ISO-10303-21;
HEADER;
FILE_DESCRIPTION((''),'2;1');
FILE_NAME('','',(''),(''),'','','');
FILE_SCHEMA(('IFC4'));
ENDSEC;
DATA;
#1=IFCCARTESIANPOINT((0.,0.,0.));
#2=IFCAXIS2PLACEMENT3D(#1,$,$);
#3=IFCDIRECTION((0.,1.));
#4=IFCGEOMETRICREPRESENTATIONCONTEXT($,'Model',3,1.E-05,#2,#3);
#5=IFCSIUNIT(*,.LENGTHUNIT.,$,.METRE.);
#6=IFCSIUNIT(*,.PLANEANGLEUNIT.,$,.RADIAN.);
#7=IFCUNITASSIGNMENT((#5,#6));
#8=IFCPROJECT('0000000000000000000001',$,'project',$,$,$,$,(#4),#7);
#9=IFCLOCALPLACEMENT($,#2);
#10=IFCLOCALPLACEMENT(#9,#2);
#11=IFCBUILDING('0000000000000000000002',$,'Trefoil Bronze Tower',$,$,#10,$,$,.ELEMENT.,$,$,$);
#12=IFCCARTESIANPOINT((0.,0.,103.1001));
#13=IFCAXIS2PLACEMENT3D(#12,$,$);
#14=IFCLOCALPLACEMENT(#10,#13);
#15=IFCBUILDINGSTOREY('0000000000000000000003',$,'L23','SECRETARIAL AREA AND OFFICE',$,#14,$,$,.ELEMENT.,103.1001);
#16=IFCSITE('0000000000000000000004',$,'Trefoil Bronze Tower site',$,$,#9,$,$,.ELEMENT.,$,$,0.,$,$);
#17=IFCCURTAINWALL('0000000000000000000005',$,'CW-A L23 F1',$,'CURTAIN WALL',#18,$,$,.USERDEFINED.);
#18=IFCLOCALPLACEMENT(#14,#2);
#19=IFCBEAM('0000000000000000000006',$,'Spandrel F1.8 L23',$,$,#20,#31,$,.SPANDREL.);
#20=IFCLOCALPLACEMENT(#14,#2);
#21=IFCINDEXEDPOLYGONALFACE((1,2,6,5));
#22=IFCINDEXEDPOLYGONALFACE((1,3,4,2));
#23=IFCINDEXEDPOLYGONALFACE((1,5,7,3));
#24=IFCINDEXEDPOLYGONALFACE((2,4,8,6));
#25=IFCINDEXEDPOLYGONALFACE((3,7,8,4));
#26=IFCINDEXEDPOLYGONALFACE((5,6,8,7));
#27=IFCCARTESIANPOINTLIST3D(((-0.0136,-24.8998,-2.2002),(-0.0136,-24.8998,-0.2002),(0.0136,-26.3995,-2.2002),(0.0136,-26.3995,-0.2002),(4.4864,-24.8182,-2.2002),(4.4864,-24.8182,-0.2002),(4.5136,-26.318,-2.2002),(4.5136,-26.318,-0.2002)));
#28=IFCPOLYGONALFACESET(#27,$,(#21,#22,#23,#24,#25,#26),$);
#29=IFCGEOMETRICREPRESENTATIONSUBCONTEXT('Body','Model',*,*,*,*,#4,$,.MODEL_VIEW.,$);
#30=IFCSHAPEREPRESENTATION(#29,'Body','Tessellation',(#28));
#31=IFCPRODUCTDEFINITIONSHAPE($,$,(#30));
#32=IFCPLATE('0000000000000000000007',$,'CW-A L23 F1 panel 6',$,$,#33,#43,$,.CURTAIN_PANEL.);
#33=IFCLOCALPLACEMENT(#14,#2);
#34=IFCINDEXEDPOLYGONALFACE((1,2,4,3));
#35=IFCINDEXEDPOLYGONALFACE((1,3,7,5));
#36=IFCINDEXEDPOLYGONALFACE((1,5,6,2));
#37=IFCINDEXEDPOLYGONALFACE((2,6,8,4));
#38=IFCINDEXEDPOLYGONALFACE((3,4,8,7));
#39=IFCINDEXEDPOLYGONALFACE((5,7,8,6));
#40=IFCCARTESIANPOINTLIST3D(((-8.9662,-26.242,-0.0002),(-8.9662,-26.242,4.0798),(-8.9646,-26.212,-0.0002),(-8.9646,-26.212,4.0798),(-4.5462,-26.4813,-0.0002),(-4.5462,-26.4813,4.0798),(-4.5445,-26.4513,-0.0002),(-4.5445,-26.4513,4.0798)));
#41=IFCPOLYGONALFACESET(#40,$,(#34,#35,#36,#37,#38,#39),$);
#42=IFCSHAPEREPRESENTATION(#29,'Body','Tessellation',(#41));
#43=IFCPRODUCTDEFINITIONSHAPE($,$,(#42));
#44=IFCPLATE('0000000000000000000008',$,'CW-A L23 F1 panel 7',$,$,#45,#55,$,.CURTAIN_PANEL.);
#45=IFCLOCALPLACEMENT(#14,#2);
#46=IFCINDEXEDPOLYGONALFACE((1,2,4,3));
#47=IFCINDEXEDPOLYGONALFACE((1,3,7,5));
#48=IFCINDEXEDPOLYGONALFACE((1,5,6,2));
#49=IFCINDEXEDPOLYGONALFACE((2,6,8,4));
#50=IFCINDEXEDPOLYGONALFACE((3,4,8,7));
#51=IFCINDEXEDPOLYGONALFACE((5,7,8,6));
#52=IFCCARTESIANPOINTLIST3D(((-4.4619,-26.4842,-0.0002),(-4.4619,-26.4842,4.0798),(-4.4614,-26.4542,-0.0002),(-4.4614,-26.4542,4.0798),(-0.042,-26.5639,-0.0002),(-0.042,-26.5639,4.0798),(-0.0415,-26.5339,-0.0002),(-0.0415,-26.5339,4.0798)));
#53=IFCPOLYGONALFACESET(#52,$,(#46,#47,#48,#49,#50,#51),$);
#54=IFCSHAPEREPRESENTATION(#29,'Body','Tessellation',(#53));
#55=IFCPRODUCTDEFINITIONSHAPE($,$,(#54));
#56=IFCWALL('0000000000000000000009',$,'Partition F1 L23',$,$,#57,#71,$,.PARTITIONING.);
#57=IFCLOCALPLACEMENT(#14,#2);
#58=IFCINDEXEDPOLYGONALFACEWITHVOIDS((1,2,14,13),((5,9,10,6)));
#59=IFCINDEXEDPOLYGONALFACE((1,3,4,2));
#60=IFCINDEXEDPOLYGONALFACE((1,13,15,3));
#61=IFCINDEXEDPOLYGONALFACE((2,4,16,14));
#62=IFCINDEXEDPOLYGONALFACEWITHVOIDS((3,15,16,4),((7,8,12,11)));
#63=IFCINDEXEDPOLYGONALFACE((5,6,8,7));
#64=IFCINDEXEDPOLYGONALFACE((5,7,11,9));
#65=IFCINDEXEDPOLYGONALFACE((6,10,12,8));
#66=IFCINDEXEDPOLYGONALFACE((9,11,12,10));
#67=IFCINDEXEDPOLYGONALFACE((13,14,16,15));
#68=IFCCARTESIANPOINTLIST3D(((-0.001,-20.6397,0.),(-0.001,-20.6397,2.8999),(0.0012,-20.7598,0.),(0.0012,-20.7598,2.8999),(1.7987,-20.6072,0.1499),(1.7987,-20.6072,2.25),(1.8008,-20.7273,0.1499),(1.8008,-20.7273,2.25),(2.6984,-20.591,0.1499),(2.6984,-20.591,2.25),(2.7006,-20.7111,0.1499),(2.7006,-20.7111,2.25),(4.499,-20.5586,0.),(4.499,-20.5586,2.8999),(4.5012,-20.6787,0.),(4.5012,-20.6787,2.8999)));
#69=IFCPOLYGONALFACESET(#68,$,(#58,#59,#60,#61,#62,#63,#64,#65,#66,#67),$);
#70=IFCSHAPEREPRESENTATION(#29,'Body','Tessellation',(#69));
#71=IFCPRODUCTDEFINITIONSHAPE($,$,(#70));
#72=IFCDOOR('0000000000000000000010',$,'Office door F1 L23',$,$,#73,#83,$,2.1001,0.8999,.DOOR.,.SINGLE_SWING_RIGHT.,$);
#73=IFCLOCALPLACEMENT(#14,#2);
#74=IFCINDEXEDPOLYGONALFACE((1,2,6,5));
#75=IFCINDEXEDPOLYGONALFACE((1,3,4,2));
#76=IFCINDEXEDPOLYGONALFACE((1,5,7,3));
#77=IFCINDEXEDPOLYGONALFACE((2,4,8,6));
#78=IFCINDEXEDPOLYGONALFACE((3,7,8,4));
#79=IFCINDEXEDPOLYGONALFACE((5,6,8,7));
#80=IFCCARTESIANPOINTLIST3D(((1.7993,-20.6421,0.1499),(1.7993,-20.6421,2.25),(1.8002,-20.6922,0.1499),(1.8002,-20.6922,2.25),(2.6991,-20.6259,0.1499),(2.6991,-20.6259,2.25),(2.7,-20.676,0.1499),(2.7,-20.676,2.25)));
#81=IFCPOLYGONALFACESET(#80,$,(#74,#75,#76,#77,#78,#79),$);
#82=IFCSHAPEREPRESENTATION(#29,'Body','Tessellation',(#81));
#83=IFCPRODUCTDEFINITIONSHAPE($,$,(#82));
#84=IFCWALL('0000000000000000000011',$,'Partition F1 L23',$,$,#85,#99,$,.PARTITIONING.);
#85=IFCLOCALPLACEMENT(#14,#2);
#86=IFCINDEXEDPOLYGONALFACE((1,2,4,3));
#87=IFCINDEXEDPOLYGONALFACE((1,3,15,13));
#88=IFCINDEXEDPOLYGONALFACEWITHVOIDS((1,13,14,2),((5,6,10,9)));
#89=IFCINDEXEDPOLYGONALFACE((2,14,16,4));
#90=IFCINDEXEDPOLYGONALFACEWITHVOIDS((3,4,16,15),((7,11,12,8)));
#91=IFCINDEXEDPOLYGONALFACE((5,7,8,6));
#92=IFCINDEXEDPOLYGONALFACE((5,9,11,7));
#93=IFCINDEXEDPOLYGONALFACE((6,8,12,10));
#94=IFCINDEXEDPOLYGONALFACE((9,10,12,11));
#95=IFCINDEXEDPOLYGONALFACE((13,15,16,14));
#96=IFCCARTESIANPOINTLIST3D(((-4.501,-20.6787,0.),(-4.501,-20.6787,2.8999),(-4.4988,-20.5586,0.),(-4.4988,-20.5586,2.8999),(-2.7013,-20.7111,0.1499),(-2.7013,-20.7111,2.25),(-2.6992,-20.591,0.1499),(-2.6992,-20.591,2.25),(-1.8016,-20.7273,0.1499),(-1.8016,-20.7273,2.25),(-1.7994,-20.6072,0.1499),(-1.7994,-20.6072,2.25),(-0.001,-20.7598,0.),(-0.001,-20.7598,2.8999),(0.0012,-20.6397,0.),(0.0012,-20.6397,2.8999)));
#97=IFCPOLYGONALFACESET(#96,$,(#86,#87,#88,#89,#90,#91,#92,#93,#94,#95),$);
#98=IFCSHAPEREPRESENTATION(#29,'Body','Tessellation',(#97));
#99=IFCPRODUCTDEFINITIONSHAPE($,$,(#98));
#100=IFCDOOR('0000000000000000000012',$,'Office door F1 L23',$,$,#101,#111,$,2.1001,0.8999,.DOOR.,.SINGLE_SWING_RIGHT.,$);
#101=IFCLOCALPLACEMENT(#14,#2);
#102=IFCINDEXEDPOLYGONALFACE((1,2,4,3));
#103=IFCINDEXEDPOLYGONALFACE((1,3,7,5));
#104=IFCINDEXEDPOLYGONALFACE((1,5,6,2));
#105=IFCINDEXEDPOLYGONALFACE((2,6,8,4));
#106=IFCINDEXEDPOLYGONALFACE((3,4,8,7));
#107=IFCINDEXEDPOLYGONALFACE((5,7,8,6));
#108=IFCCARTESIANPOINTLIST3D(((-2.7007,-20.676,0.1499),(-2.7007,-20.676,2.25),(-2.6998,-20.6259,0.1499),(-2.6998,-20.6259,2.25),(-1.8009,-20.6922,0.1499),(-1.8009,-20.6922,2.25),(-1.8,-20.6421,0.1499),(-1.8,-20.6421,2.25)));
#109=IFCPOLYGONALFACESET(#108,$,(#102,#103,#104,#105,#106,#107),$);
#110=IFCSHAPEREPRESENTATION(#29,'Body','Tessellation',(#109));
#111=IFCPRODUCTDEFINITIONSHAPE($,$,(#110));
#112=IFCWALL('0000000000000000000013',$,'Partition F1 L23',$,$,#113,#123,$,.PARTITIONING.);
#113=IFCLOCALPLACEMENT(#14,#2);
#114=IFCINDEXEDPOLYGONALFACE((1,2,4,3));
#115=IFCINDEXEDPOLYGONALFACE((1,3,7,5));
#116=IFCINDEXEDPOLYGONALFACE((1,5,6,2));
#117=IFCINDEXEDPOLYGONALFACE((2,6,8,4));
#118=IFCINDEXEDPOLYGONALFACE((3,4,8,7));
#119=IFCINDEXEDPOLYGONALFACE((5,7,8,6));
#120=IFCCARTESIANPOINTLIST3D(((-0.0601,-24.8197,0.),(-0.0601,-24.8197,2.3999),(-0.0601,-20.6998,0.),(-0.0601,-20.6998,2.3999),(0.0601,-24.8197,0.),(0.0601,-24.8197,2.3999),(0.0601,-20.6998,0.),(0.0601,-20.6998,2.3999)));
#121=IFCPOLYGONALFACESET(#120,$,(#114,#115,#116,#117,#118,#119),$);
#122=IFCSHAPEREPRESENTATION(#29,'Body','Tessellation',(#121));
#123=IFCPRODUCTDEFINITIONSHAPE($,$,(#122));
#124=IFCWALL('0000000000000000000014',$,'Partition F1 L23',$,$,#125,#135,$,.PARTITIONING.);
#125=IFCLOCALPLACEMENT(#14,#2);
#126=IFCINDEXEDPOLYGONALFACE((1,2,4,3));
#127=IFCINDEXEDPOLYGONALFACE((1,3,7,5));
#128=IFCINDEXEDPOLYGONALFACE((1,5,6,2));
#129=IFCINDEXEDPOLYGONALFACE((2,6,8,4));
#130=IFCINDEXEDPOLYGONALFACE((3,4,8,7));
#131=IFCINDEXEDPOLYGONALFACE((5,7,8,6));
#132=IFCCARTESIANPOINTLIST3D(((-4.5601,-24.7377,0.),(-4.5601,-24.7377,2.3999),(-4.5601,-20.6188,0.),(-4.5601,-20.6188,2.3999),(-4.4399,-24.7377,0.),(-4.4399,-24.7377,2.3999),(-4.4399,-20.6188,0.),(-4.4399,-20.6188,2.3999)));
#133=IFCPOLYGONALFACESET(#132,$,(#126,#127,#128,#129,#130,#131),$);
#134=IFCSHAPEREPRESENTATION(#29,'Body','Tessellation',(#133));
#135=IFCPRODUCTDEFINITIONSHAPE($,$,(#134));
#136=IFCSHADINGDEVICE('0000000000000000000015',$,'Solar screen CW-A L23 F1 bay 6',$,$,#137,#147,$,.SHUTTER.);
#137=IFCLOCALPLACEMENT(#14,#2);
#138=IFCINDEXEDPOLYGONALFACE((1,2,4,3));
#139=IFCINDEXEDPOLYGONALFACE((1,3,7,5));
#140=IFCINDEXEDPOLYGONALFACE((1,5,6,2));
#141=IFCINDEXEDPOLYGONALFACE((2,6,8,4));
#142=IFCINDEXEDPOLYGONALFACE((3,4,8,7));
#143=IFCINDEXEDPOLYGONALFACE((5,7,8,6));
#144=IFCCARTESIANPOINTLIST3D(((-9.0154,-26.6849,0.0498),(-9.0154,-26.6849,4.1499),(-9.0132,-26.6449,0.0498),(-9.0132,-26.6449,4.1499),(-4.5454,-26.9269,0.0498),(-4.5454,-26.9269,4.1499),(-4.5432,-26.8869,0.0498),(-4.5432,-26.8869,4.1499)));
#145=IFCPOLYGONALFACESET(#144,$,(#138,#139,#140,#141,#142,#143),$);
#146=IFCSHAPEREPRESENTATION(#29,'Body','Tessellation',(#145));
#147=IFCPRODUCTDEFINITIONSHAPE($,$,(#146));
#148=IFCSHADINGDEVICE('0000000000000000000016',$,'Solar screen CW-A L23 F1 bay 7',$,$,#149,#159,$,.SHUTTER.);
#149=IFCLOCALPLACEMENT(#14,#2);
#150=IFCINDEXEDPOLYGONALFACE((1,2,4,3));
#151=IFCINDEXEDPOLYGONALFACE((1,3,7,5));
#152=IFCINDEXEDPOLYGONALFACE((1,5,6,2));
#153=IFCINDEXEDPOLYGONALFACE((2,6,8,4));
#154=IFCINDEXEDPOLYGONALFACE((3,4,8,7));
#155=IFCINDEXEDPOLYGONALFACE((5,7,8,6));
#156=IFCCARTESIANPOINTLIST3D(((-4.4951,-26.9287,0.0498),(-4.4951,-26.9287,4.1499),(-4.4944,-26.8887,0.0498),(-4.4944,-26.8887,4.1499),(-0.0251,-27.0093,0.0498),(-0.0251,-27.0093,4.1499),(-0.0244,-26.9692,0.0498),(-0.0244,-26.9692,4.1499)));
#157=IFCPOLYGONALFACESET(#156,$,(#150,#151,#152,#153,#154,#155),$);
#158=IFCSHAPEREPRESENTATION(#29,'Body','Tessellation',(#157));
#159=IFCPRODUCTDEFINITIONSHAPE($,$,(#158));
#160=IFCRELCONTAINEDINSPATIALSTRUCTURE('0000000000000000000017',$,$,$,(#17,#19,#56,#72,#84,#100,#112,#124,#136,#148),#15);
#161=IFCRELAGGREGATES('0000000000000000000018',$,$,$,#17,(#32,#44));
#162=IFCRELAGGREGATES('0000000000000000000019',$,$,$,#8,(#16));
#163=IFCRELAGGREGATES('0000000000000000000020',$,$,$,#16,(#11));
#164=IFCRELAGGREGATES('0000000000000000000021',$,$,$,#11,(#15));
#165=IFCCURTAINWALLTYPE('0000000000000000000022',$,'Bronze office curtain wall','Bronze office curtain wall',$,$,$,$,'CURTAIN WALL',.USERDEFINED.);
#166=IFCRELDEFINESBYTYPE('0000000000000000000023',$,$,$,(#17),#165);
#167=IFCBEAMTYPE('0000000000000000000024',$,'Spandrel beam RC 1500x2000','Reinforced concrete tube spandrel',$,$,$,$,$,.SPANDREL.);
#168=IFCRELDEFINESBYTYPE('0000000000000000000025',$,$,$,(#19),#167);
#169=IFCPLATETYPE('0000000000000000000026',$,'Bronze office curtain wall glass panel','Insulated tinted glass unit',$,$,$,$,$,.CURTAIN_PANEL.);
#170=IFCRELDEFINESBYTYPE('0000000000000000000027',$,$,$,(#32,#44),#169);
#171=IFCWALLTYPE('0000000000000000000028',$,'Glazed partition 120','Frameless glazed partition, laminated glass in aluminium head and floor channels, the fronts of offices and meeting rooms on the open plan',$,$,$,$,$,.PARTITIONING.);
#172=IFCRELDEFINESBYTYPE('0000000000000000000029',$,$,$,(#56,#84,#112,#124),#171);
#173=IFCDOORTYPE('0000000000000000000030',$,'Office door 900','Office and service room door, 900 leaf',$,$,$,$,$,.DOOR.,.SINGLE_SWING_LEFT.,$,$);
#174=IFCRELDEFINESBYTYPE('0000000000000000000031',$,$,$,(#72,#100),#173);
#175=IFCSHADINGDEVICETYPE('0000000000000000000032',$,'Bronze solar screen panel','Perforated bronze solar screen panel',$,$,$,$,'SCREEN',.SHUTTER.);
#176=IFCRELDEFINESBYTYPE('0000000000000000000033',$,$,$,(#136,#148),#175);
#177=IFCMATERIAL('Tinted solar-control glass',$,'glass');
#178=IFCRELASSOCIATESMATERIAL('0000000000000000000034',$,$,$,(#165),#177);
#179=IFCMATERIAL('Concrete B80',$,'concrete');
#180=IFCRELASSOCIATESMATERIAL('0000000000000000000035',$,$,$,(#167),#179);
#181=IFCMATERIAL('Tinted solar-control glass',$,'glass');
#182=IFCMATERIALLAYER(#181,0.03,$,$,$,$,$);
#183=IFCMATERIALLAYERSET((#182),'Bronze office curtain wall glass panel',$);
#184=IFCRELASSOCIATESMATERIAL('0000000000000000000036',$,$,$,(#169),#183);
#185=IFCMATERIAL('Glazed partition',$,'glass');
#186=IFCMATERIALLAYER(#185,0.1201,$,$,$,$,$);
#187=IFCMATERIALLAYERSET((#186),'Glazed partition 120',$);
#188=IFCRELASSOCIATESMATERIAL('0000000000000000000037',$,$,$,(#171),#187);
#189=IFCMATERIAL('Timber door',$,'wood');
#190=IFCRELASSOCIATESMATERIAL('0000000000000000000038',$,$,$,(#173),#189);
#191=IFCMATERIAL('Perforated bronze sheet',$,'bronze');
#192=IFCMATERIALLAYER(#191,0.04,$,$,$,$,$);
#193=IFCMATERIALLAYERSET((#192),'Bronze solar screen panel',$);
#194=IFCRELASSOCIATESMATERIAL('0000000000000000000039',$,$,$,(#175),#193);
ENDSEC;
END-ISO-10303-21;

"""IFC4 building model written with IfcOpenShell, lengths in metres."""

from ifc_helpers import new_model, si_unit, direction, frame, frame_2d, origin, origin_2d, place, context, subcontext, project, spatial, rectangle, extrude, material, layer, layer_set, material_profile, profile_set, type_object, element, fill, aggregate, save


model = new_model("IFC4")

# Units and contexts
model_context = context("Model", 3, precision=1e-05, world=origin(), true_north=direction((0.0, 1.0)))
body_context = subcontext(model_context, "Body", "Model", "MODEL_VIEW")
ifc_project = project(units=[si_unit("LENGTHUNIT", "METRE"), si_unit("PLANEANGLEUNIT", "RADIAN")], contexts=[model_context])

# Site, building, storey
site_placement = place(None, origin())
site = spatial("IfcSite", under=ifc_project, at=site_placement, Name="Trefoil Bronze Tower site", CompositionType="ELEMENT", RefElevation=0.0)
building_placement = place(site_placement, origin())
building = spatial("IfcBuilding", under=site, at=building_placement, Name="Trefoil Bronze Tower", CompositionType="ELEMENT")
storey_placement = place(building_placement, frame((0.0, 0.0, 103.1001)))
storey = spatial("IfcBuildingStorey", under=building, at=storey_placement, Name="L23", Description="SECRETARIAL AREA AND OFFICE", CompositionType="ELEMENT", Elevation=103.1001)

# Curtain wall
ifc_material_1 = material(Name="Tinted solar-control glass", Category="glass")
curtain_wall_type = type_object("IfcCurtainWallType", Name="Bronze office curtain wall", Description="Bronze office curtain wall", ElementType="CURTAIN WALL", PredefinedType="USERDEFINED", material=ifc_material_1)
curtain_wall_placement = place(storey_placement, origin())
curtain_wall = element("IfcCurtainWall", 1, at=curtain_wall_placement, inside=storey, type_object=curtain_wall_type, Name="CW-A L23 F1", ObjectType="CURTAIN WALL", PredefinedType="USERDEFINED")

# Beam
ifc_material_2 = material(Name="Concrete B80", Category="concrete")
ifc_material_profile_1 = material_profile(ifc_material_2, rectangle(XDim=1.5, YDim=2.0, at=origin_2d()), Name="RC 1500x2000")
ifc_profile_set_1 = profile_set([ifc_material_profile_1], Name="Concrete B80")
beam_type_1 = type_object("IfcBeamType", Name="Spandrel beam RC 1500x2000", Description="Reinforced concrete tube spandrel", PredefinedType="SPANDREL", material=ifc_profile_set_1)
for number, where, z_axis, x_axis, name in (
    (2, (0.0, -25.6497, -1.2002), (0.999836, 0.018118, 0.0), (-0.018118, 0.999836, 0.0), "Spandrel F1.8 L23"),
):
    element("IfcBeam", number, at=place(storey_placement, frame(where, z_axis=z_axis, x_axis=x_axis)), inside=storey, type_object=beam_type_1, Name=name, PredefinedType="SPANDREL", context=body_context, shape_type="SweptSolid", body=[
        extrude(rectangle(XDim=1.5, YDim=2.0, at=origin_2d()), origin(), (0.0, 0.0, 1.0), 4.5007),
    ])

# Plates
ifc_material_3 = material(Name="Tinted solar-control glass", Category="glass")
ifc_layer_1 = layer(ifc_material_3, 0.03)
ifc_layer_set_1 = layer_set([ifc_layer_1], Name="Bronze office curtain wall glass panel")
plate_type = type_object("IfcPlateType", Name="Bronze office curtain wall glass panel", Description="Insulated tinted glass unit", PredefinedType="CURTAIN_PANEL", material=ifc_layer_set_1)
plate_1_placement = place(storey_placement, frame((-6.7554, -26.3467, -0.0002), z_axis=(0.0, 0.0, 1.0), x_axis=(0.998538, -0.054063, 0.0)))
plate_1 = element("IfcPlate", 3, at=plate_1_placement, type_object=plate_type, Name="CW-A L23 F1 panel 6", PredefinedType="CURTAIN_PANEL", context=body_context, shape_type="SweptSolid", body=[
    extrude(rectangle(XDim=4.4265, YDim=0.03, at=origin_2d()), origin(), (0.0, 0.0, 1.0), 4.0801),
])
plate_2_placement = place(storey_placement, frame((-2.2517, -26.509, -0.0002), z_axis=(0.0, 0.0, 1.0), x_axis=(0.999838, -0.018021, 0.0)))
plate_2 = element("IfcPlate", 4, at=plate_2_placement, type_object=plate_type, Name="CW-A L23 F1 panel 7", PredefinedType="CURTAIN_PANEL", context=body_context, shape_type="SweptSolid", body=[
    extrude(rectangle(XDim=4.4207, YDim=0.03, at=origin_2d()), origin(), (0.0, 0.0, 1.0), 4.0801),
])
aggregate(curtain_wall, [plate_1, plate_2])

# Walls, openings, doors
ifc_material_4 = material(Name="Glazed partition", Category="glass")
ifc_layer_2 = layer(ifc_material_4, 0.1201)
ifc_layer_set_2 = layer_set([ifc_layer_2], Name="Glazed partition 120")
wall_type = type_object("IfcWallType", Name="Glazed partition 120", Description="Frameless glazed partition, laminated glass in aluminium head and floor channels, the fronts of offices and meeting rooms on the open plan", PredefinedType="PARTITIONING", material=ifc_layer_set_2)
wall_1_placement = place(storey_placement, frame((0.0, -20.6997, 0.0), z_axis=(0.0, 0.0, 1.0), x_axis=(0.999838, 0.018009, 0.0)))
wall_1 = element("IfcWall", 5, at=wall_1_placement, inside=storey, type_object=wall_type, Name="Partition F1 L23", PredefinedType="PARTITIONING", context=body_context, shape_type="SweptSolid", body=[
    extrude(rectangle(XDim=4.5007, YDim=0.1201, at=frame_2d((2.2505, 0.0))), origin(), (0.0, 0.0, 1.0), 2.8999),
])
opening_1_placement = place(wall_1_placement, frame((1.8, 0.0, 0.1499)))
opening_1 = element("IfcOpeningElement", 6, at=opening_1_placement, cuts=wall_1, PredefinedType="OPENING", context=body_context, shape_type="SweptSolid", body=[
    extrude(rectangle(XDim=0.8999, YDim=2.1001, at=frame_2d((0.45, 1.05))), frame((0.0, 0.0701, 0.0), z_axis=(0.0, -1.0, 0.0), x_axis=(1.0, 0.0, 0.0)), (0.0, 0.0, 1.0), 0.1401),
])
ifc_material_5 = material(Name="Timber door", Category="wood")
door_type = type_object("IfcDoorType", Name="Office door 900", Description="Office and service room door, 900 leaf", OperationType="SINGLE_SWING_LEFT", PredefinedType="DOOR", material=ifc_material_5)
door_1_placement = place(opening_1_placement, frame((0.8999, 0.0, 0.0), z_axis=(0.0, 0.0, 1.0), x_axis=(-1.0, 0.0, 0.0)))
door_1 = element("IfcDoor", 7, at=door_1_placement, inside=storey, type_object=door_type, Name="Office door F1 L23", OperationType="SINGLE_SWING_RIGHT", OverallHeight=2.1001, OverallWidth=0.8999, PredefinedType="DOOR", context=body_context, shape_type="SweptSolid", body=[
    extrude(rectangle(XDim=0.8999, YDim=2.1001, at=frame_2d((0.45, 1.05))), frame((0.0, 0.0249, 0.0), z_axis=(0.0, -1.0, 0.0), x_axis=(1.0, 0.0, 0.0)), (0.0, 0.0, 1.0), 0.05),
])
fill(opening_1, door_1)
wall_2_placement = place(storey_placement, frame((-4.5, -20.6187, 0.0), z_axis=(0.0, 0.0, 1.0), x_axis=(0.999838, -0.018009, 0.0)))
wall_2 = element("IfcWall", 8, at=wall_2_placement, inside=storey, type_object=wall_type, Name="Partition F1 L23", PredefinedType="PARTITIONING", context=body_context, shape_type="SweptSolid", body=[
    extrude(rectangle(XDim=4.5007, YDim=0.1201, at=frame_2d((2.2505, 0.0))), origin(), (0.0, 0.0, 1.0), 2.8999),
])
opening_2_placement = place(wall_2_placement, frame((1.8, 0.0, 0.1499)))
opening_2 = element("IfcOpeningElement", 9, at=opening_2_placement, cuts=wall_2, PredefinedType="OPENING", context=body_context, shape_type="SweptSolid", body=[
    extrude(rectangle(XDim=0.8999, YDim=2.1001, at=frame_2d((0.45, 1.05))), frame((0.0, 0.0701, 0.0), z_axis=(0.0, -1.0, 0.0), x_axis=(1.0, 0.0, 0.0)), (0.0, 0.0, 1.0), 0.1401),
])
door_2_placement = place(opening_2_placement, frame((0.8999, 0.0, 0.0), z_axis=(0.0, 0.0, 1.0), x_axis=(-1.0, 0.0, 0.0)))
door_2 = element("IfcDoor", 10, at=door_2_placement, inside=storey, type_object=door_type, Name="Office door F1 L23", OperationType="SINGLE_SWING_RIGHT", OverallHeight=2.1001, OverallWidth=0.8999, PredefinedType="DOOR", context=body_context, shape_type="SweptSolid", body=[
    extrude(rectangle(XDim=0.8999, YDim=2.1001, at=frame_2d((0.45, 1.05))), frame((0.0, 0.0249, 0.0), z_axis=(0.0, -1.0, 0.0), x_axis=(1.0, 0.0, 0.0)), (0.0, 0.0, 1.0), 0.05),
])
fill(opening_2, door_2)

# Walls
wall_3_placement = place(storey_placement, frame((0.0, -20.6997, 0.0), z_axis=(0.0, 0.0, 1.0), x_axis=(0.0, -1.0, 0.0)))
element("IfcWall", 11, at=wall_3_placement, inside=storey, type_object=wall_type, Name="Partition F1 L23", PredefinedType="PARTITIONING", context=body_context, shape_type="SweptSolid", body=[
    extrude(rectangle(XDim=4.1199, YDim=0.1201, at=frame_2d((2.0601, 0.0))), origin(), (0.0, 0.0, 1.0), 2.3999),
])
wall_4_placement = place(storey_placement, frame((-4.5, -20.6187, 0.0), z_axis=(0.0, 0.0, 1.0), x_axis=(0.0, -1.0, 0.0)))
element("IfcWall", 12, at=wall_4_placement, inside=storey, type_object=wall_type, Name="Partition F1 L23", PredefinedType="PARTITIONING", context=body_context, shape_type="SweptSolid", body=[
    extrude(rectangle(XDim=4.1189, YDim=0.1201, at=frame_2d((2.0596, 0.0))), origin(), (0.0, 0.0, 1.0), 2.3999),
])

# Shading devices
ifc_material_6 = material(Name="Perforated bronze sheet", Category="bronze")
ifc_layer_3 = layer(ifc_material_6, 0.04)
ifc_layer_set_3 = layer_set([ifc_layer_3], Name="Bronze solar screen panel")
shading_device_type = type_object("IfcShadingDeviceType", Name="Bronze solar screen panel", Description="Perforated bronze solar screen panel", ElementType="SCREEN", PredefinedType="SHUTTER", material=ifc_layer_set_3)
shading_device_1_placement = place(storey_placement, frame((-6.7793, -26.7859, 0.0498), z_axis=(0.0, 0.0, 1.0), x_axis=(0.998538, -0.054063, 0.0)))
element("IfcShadingDevice", 13, at=shading_device_1_placement, inside=storey, type_object=shading_device_type, Name="Solar screen CW-A L23 F1 bay 6", PredefinedType="SHUTTER", context=body_context, shape_type="SweptSolid", body=[
    extrude(rectangle(XDim=4.4766, YDim=0.04, at=origin_2d()), origin(), (0.0, 0.0, 1.0), 4.1001),
])
shading_device_2_placement = place(storey_placement, frame((-2.2598, -26.949, 0.0498), z_axis=(0.0, 0.0, 1.0), x_axis=(0.999838, -0.018021, 0.0)))
element("IfcShadingDevice", 14, at=shading_device_2_placement, inside=storey, type_object=shading_device_type, Name="Solar screen CW-A L23 F1 bay 7", PredefinedType="SHUTTER", context=body_context, shape_type="SweptSolid", body=[
    extrude(rectangle(XDim=4.4707, YDim=0.04, at=origin_2d()), origin(), (0.0, 0.0, 1.0), 4.1001),
])

save(model, "model.ifc")
